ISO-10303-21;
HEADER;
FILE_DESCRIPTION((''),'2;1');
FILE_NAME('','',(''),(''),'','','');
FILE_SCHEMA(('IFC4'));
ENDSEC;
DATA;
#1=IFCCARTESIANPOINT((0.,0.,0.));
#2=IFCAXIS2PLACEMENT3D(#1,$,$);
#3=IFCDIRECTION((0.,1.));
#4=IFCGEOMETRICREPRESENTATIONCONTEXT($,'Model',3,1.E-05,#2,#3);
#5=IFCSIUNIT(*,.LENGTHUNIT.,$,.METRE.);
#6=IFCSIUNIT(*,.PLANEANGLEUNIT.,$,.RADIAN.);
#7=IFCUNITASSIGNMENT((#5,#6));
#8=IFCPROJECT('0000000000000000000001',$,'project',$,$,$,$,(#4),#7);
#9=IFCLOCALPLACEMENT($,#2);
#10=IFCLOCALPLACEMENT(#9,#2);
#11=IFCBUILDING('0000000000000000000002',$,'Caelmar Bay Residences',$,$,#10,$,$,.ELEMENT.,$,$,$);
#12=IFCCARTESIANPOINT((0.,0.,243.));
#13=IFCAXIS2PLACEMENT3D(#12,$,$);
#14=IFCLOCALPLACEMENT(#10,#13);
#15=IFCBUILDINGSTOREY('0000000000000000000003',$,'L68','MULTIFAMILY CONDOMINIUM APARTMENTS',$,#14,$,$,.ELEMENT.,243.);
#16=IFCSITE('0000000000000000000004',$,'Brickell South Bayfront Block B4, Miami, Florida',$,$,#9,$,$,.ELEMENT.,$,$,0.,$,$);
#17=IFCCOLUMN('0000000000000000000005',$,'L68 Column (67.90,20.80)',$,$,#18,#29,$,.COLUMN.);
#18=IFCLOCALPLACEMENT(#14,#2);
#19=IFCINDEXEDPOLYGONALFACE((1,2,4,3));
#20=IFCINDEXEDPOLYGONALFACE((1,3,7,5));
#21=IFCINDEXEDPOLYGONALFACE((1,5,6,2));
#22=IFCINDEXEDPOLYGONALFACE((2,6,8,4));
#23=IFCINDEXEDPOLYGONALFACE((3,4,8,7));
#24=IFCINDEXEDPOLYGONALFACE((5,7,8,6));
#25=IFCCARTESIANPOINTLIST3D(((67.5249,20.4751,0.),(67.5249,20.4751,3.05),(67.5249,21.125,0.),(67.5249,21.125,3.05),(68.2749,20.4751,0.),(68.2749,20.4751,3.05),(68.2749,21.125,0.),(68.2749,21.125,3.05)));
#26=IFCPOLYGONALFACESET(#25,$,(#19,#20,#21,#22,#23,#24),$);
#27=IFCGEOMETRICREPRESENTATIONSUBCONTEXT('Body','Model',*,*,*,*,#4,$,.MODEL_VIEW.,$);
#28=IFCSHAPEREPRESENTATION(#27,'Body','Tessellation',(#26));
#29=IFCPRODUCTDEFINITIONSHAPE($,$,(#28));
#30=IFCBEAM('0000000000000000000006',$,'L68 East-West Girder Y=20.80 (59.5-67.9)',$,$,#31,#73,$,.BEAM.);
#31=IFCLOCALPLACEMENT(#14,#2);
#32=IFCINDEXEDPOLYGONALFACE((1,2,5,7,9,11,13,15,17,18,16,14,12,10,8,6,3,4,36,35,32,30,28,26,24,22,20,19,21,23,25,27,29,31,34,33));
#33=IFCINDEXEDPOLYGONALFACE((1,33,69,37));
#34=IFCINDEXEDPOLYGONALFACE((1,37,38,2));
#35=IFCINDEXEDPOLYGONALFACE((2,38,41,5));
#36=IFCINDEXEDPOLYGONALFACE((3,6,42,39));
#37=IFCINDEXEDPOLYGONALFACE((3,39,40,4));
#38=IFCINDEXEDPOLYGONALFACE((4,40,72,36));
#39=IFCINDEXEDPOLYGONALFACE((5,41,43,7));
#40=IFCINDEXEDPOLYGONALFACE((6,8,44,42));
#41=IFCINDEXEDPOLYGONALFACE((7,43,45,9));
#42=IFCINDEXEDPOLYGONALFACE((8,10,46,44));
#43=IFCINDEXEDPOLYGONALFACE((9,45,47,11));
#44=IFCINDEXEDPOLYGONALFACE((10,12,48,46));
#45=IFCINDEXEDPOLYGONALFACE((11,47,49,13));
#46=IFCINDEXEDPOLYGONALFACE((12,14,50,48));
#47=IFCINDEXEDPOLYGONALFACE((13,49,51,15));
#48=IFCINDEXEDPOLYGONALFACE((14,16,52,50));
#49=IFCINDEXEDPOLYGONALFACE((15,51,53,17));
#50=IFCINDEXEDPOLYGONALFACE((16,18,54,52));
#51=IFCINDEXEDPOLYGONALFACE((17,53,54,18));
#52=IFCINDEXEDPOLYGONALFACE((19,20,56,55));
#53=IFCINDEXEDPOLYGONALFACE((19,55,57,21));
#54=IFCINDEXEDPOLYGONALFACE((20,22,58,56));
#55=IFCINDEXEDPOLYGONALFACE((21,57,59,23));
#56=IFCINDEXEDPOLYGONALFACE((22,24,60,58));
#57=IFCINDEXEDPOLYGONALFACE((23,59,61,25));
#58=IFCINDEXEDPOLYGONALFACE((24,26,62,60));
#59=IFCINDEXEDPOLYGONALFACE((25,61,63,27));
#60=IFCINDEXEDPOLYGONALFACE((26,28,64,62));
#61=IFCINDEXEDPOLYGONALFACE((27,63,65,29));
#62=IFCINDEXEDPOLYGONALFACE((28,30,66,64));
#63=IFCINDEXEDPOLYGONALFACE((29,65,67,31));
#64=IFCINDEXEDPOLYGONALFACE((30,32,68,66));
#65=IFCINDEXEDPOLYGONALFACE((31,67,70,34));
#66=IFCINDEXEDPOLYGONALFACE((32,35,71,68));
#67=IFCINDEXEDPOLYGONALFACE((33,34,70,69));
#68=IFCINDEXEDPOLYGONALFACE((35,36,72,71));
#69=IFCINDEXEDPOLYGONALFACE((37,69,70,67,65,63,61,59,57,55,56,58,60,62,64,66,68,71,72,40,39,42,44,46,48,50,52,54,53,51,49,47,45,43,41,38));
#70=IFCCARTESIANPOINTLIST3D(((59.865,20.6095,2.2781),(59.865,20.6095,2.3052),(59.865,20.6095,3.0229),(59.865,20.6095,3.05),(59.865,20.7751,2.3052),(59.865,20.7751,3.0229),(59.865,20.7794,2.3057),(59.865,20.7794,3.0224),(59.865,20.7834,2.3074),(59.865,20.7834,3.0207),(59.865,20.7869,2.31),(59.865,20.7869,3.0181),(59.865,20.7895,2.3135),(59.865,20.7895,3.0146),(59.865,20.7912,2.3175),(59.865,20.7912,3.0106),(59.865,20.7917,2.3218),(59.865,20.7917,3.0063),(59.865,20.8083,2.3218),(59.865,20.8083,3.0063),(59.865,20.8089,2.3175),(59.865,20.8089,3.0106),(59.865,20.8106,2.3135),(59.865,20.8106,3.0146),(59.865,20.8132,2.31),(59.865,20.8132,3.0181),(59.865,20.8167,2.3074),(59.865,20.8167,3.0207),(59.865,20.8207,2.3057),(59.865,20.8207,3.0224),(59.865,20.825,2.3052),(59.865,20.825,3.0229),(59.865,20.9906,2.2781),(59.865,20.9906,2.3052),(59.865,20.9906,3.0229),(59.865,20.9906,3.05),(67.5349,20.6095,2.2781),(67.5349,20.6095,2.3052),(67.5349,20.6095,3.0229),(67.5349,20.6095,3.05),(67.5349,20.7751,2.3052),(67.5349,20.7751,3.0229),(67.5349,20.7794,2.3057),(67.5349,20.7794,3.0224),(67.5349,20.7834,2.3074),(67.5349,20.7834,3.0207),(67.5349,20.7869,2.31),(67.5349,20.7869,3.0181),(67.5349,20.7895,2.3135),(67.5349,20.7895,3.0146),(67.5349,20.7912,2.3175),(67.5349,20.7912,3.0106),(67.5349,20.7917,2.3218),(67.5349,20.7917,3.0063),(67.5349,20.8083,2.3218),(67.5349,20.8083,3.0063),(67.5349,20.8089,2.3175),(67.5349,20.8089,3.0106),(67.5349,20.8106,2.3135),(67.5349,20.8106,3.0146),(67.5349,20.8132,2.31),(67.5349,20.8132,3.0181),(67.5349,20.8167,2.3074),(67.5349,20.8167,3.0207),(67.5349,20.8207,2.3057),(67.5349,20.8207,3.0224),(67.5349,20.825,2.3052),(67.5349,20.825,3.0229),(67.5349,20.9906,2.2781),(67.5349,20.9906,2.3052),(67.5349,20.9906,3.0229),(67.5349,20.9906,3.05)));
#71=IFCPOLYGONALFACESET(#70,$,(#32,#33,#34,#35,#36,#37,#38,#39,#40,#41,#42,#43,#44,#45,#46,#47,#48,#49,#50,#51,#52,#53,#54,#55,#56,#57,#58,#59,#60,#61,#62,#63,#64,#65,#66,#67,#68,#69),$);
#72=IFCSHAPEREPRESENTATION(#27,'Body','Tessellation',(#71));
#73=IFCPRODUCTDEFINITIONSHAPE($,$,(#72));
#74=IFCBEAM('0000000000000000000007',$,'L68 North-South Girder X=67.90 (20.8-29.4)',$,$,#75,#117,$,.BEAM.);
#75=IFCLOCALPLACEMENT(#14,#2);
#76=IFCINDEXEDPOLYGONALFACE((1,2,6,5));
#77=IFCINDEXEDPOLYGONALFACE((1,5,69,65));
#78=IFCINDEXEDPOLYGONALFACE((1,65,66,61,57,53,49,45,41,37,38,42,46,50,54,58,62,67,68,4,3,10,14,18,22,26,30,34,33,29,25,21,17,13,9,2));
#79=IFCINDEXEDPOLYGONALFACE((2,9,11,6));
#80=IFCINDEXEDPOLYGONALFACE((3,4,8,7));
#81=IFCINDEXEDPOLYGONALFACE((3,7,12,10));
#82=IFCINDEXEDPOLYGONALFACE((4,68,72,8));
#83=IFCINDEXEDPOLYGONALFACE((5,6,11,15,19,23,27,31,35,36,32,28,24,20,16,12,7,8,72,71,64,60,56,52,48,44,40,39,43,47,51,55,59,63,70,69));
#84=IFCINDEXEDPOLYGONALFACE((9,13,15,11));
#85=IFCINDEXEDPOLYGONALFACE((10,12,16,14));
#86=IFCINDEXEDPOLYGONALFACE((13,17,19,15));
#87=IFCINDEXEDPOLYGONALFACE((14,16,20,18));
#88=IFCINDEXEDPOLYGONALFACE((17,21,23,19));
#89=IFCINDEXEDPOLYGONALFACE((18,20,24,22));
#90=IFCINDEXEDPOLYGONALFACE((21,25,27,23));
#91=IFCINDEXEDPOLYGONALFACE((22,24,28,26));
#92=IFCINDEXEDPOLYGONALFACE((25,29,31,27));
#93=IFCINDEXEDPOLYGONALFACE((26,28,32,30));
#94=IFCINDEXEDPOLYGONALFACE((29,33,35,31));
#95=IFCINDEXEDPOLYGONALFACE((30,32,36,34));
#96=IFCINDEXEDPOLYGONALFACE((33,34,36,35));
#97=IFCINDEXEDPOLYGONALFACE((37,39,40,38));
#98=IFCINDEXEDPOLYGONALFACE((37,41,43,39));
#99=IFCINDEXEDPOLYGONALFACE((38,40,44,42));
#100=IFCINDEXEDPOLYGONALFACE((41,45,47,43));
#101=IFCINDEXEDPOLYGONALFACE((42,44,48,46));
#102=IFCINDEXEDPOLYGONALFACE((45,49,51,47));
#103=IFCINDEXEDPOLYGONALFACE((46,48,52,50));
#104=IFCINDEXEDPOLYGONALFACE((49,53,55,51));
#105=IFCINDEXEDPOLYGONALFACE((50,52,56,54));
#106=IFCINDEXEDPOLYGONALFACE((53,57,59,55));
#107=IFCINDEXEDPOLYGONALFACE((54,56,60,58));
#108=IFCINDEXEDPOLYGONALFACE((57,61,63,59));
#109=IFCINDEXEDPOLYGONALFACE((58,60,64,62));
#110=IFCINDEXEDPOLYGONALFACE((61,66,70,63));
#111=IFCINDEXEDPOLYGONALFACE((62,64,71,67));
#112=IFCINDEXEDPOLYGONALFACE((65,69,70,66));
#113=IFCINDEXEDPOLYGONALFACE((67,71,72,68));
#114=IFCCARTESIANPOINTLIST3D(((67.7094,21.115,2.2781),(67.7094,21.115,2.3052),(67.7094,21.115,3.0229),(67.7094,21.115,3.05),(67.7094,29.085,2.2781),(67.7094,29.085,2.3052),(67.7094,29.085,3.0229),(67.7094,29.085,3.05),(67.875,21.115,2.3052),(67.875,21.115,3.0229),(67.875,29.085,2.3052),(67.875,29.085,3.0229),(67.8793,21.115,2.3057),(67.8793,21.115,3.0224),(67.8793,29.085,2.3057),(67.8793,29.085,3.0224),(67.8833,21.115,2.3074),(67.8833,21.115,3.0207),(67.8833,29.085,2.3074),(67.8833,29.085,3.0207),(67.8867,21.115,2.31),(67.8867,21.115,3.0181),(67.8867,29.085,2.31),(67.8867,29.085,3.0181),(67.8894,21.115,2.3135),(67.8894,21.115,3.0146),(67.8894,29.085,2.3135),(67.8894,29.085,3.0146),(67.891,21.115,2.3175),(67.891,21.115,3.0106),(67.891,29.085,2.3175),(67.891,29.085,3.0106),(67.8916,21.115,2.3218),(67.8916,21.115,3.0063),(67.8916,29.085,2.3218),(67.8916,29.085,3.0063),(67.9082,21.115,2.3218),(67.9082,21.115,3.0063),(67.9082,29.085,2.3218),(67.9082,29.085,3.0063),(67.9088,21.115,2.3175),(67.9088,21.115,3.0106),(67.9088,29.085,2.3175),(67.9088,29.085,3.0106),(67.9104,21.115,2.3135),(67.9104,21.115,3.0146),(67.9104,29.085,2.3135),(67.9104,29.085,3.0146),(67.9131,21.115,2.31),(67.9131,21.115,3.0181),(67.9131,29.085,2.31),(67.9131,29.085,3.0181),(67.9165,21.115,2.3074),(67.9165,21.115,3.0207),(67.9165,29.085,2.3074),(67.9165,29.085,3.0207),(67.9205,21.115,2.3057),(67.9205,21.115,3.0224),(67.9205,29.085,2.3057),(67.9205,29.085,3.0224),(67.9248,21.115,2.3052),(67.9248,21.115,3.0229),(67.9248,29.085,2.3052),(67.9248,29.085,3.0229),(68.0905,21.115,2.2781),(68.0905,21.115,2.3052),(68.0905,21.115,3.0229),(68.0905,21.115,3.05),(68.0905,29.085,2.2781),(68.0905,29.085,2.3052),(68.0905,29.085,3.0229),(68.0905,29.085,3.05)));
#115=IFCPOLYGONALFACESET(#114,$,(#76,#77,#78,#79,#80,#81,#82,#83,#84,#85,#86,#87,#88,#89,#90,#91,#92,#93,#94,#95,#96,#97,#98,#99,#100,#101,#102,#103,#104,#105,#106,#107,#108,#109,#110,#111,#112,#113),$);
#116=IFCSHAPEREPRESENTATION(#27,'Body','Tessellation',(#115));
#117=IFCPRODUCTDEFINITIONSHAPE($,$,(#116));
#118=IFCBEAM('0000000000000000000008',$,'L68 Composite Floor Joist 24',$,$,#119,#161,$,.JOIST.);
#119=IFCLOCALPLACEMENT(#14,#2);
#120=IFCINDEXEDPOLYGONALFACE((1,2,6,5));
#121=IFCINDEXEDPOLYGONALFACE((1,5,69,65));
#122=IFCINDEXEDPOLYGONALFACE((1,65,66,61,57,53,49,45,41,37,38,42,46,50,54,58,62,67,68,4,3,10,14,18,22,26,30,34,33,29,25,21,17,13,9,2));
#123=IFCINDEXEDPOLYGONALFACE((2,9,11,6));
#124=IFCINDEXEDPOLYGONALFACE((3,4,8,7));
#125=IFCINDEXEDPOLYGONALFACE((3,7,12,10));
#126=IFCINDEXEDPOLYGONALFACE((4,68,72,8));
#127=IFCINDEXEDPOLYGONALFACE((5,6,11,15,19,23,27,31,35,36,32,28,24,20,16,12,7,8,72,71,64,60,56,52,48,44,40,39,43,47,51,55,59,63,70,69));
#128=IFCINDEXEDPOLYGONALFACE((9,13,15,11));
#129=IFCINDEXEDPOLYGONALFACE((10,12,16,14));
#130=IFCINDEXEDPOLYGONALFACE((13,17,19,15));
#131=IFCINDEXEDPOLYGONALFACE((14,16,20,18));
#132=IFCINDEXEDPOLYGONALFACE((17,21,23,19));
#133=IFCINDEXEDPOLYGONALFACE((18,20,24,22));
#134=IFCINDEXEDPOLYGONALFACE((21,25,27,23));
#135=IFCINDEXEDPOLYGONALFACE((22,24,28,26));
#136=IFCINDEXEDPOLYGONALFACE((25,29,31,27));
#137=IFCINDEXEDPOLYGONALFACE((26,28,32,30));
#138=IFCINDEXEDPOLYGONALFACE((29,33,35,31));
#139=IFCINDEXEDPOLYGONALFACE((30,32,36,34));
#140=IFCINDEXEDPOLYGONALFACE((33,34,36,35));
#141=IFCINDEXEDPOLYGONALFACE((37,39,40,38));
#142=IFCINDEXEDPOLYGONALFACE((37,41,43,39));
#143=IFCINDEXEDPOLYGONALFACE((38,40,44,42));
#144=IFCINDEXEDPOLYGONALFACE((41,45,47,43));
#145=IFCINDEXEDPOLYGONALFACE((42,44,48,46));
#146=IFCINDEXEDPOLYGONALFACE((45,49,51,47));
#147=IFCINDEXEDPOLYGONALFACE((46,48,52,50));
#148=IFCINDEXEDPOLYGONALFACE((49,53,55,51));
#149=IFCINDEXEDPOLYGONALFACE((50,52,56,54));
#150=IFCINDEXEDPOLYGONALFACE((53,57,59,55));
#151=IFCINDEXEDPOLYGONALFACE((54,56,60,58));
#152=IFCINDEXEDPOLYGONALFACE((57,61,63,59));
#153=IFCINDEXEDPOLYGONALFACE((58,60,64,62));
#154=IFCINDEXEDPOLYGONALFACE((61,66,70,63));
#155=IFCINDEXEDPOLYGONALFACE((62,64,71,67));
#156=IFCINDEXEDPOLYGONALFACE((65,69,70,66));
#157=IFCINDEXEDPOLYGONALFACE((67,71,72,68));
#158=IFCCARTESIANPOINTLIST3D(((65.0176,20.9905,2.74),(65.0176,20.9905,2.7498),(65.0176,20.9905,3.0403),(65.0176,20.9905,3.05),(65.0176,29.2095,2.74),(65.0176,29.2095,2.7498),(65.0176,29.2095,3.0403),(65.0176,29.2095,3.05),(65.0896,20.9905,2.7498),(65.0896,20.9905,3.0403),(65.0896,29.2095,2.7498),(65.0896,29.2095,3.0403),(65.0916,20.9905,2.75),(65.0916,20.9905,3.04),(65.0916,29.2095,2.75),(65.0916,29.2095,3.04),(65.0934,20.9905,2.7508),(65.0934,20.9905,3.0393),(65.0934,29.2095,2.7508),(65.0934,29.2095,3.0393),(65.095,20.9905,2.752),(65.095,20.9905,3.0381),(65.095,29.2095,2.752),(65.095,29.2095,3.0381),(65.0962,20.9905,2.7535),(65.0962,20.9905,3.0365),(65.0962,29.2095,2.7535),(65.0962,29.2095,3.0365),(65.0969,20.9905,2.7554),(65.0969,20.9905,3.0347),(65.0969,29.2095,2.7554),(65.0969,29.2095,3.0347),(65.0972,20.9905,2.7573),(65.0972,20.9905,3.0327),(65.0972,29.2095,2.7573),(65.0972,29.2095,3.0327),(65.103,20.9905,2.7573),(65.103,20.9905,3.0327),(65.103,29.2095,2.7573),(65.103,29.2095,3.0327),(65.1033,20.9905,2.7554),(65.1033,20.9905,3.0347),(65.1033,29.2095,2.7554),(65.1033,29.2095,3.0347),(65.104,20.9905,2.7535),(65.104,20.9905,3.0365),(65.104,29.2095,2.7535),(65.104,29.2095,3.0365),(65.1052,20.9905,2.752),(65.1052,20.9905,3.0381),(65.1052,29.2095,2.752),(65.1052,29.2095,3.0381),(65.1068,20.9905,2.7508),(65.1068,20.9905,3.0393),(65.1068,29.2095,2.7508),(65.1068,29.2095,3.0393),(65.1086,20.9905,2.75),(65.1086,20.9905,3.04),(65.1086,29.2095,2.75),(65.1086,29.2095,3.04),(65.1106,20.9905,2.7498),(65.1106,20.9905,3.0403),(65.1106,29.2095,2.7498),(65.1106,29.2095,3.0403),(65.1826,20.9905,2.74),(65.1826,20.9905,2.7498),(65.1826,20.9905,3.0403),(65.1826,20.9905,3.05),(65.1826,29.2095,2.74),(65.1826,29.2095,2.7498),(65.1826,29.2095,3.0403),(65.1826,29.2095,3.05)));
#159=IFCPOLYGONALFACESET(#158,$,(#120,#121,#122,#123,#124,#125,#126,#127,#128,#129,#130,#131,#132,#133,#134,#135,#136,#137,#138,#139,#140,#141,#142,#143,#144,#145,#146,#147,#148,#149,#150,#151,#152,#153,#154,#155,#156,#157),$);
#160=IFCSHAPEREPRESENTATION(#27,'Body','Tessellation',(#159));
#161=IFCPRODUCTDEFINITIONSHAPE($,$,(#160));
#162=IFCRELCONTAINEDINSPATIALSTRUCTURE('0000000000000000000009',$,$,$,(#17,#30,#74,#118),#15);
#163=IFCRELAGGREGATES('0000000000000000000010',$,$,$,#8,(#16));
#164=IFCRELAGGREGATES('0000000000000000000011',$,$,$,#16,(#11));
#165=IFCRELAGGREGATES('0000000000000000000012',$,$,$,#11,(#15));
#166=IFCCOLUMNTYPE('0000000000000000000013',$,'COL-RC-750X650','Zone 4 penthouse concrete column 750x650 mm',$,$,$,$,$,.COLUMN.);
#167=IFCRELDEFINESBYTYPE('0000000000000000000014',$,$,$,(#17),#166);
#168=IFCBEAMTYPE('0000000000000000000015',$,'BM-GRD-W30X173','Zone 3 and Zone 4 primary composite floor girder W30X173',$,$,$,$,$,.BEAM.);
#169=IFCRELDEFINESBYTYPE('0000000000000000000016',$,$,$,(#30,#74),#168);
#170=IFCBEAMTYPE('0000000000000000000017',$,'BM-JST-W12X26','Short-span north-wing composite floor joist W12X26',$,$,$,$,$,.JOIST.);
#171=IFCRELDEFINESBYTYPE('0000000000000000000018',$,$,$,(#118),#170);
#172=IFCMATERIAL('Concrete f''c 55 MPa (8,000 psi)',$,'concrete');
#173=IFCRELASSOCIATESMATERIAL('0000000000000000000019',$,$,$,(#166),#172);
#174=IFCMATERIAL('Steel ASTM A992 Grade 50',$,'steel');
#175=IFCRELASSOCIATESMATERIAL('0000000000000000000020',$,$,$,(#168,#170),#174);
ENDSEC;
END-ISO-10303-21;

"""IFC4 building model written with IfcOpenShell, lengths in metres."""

from ifc_helpers import new_model, si_unit, direction, frame, origin, origin_2d, place, context, subcontext, project, spatial, rectangle, i_section, extrude, material, material_profile, profile_set, type_object, element, save


model = new_model("IFC4")

# Units and contexts
model_context = context("Model", 3, precision=1e-05, world=origin(), true_north=direction((0.0, 1.0)))
body_context = subcontext(model_context, "Body", "Model", "MODEL_VIEW")
ifc_project = project(units=[si_unit("LENGTHUNIT", "METRE"), si_unit("PLANEANGLEUNIT", "RADIAN")], contexts=[model_context])

# Site, building, storey
site_placement = place(None, origin())
site = spatial("IfcSite", under=ifc_project, at=site_placement, Name="Brickell South Bayfront Block B4, Miami, Florida", CompositionType="ELEMENT", RefElevation=0.0)
building_placement = place(site_placement, origin())
building = spatial("IfcBuilding", under=site, at=building_placement, Name="Caelmar Bay Residences", CompositionType="ELEMENT")
storey_placement = place(building_placement, frame((0.0, 0.0, 243.0)))
storey = spatial("IfcBuildingStorey", under=building, at=storey_placement, Name="L68", Description="MULTIFAMILY CONDOMINIUM APARTMENTS", CompositionType="ELEMENT", Elevation=243.0)

# Column
ifc_material_1 = material(Name="Concrete f'c 55 MPa (8,000 psi)", Category="concrete")
ifc_material_profile_1 = material_profile(ifc_material_1, rectangle(XDim=0.75, YDim=0.6499, at=origin_2d()), Name="RC-COL-750X650")
ifc_profile_set_1 = profile_set([ifc_material_profile_1], Name="Concrete f'c 55 MPa (8,000 psi)")
column_type = type_object("IfcColumnType", Name="COL-RC-750X650", Description="Zone 4 penthouse concrete column 750x650 mm", PredefinedType="COLUMN", material=ifc_profile_set_1)
column_placement = place(storey_placement, frame((67.8999, 20.8, 0.0), z_axis=(0.0, 0.0, 1.0), x_axis=(1.0, 0.0, 0.0)))
element("IfcColumn", 1, at=column_placement, inside=storey, type_object=column_type, Name="L68 Column (67.90,20.80)", PredefinedType="COLUMN", context=body_context, shape_type="SweptSolid", body=[
    extrude(rectangle(XDim=0.75, YDim=0.6499, at=origin_2d()), origin(), (0.0, 0.0, 1.0), 3.05),
])

# Beams
ifc_material_2 = material(Name="Steel ASTM A992 Grade 50", Category="steel")
ifc_material_profile_2 = material_profile(ifc_material_2, i_section(OverallWidth=0.3811, OverallDepth=0.772, WebThickness=0.0166, FlangeThickness=0.0271, FilletRadius=0.0166, at=origin_2d()), Name="W30X173")
ifc_profile_set_2 = profile_set([ifc_material_profile_2], Name="Steel ASTM A992 Grade 50")
beam_type_1 = type_object("IfcBeamType", Name="BM-GRD-W30X173", Description="Zone 3 and Zone 4 primary composite floor girder W30X173", PredefinedType="BEAM", material=ifc_profile_set_2)
beam_1_placement = place(storey_placement, frame((59.865, 20.8, 2.6641), z_axis=(1.0, 0.0, 0.0), x_axis=(0.0, 1.0, 0.0)))
element("IfcBeam", 2, at=beam_1_placement, inside=storey, type_object=beam_type_1, Name="L68 East-West Girder Y=20.80 (59.5-67.9)", PredefinedType="BEAM", context=body_context, shape_type="SweptSolid", body=[
    extrude(i_section(OverallWidth=0.3811, OverallDepth=0.772, WebThickness=0.0166, FlangeThickness=0.0271, FilletRadius=0.0166, at=origin_2d()), origin(), (0.0, 0.0, 1.0), 7.6699),
])
beam_2_placement = place(storey_placement, frame((67.8999, 21.115, 2.6641), z_axis=(0.0, 1.0, 0.0), x_axis=(-1.0, 0.0, 0.0)))
element("IfcBeam", 3, at=beam_2_placement, inside=storey, type_object=beam_type_1, Name="L68 North-South Girder X=67.90 (20.8-29.4)", PredefinedType="BEAM", context=body_context, shape_type="SweptSolid", body=[
    extrude(i_section(OverallWidth=0.3811, OverallDepth=0.772, WebThickness=0.0166, FlangeThickness=0.0271, FilletRadius=0.0166, at=origin_2d()), origin(), (0.0, 0.0, 1.0), 7.97),
])
ifc_material_profile_3 = material_profile(ifc_material_2, i_section(OverallWidth=0.165, OverallDepth=0.3101, WebThickness=0.0059, FlangeThickness=0.0098, FilletRadius=0.0076, at=origin_2d()), Name="W12X26")
ifc_profile_set_3 = profile_set([ifc_material_profile_3], Name="Steel ASTM A992 Grade 50")
beam_type_2 = type_object("IfcBeamType", Name="BM-JST-W12X26", Description="Short-span north-wing composite floor joist W12X26", PredefinedType="JOIST", material=ifc_profile_set_3)
beam_3_placement = place(storey_placement, frame((65.1001, 20.9905, 2.895), z_axis=(0.0, 1.0, 0.0), x_axis=(-1.0, 0.0, 0.0)))
element("IfcBeam", 4, at=beam_3_placement, inside=storey, type_object=beam_type_2, Name="L68 Composite Floor Joist 24", PredefinedType="JOIST", context=body_context, shape_type="SweptSolid", body=[
    extrude(i_section(OverallWidth=0.165, OverallDepth=0.3101, WebThickness=0.0059, FlangeThickness=0.0098, FilletRadius=0.0076, at=origin_2d()), origin(), (0.0, 0.0, 1.0), 8.219),
])

save(model, "model.ifc")
